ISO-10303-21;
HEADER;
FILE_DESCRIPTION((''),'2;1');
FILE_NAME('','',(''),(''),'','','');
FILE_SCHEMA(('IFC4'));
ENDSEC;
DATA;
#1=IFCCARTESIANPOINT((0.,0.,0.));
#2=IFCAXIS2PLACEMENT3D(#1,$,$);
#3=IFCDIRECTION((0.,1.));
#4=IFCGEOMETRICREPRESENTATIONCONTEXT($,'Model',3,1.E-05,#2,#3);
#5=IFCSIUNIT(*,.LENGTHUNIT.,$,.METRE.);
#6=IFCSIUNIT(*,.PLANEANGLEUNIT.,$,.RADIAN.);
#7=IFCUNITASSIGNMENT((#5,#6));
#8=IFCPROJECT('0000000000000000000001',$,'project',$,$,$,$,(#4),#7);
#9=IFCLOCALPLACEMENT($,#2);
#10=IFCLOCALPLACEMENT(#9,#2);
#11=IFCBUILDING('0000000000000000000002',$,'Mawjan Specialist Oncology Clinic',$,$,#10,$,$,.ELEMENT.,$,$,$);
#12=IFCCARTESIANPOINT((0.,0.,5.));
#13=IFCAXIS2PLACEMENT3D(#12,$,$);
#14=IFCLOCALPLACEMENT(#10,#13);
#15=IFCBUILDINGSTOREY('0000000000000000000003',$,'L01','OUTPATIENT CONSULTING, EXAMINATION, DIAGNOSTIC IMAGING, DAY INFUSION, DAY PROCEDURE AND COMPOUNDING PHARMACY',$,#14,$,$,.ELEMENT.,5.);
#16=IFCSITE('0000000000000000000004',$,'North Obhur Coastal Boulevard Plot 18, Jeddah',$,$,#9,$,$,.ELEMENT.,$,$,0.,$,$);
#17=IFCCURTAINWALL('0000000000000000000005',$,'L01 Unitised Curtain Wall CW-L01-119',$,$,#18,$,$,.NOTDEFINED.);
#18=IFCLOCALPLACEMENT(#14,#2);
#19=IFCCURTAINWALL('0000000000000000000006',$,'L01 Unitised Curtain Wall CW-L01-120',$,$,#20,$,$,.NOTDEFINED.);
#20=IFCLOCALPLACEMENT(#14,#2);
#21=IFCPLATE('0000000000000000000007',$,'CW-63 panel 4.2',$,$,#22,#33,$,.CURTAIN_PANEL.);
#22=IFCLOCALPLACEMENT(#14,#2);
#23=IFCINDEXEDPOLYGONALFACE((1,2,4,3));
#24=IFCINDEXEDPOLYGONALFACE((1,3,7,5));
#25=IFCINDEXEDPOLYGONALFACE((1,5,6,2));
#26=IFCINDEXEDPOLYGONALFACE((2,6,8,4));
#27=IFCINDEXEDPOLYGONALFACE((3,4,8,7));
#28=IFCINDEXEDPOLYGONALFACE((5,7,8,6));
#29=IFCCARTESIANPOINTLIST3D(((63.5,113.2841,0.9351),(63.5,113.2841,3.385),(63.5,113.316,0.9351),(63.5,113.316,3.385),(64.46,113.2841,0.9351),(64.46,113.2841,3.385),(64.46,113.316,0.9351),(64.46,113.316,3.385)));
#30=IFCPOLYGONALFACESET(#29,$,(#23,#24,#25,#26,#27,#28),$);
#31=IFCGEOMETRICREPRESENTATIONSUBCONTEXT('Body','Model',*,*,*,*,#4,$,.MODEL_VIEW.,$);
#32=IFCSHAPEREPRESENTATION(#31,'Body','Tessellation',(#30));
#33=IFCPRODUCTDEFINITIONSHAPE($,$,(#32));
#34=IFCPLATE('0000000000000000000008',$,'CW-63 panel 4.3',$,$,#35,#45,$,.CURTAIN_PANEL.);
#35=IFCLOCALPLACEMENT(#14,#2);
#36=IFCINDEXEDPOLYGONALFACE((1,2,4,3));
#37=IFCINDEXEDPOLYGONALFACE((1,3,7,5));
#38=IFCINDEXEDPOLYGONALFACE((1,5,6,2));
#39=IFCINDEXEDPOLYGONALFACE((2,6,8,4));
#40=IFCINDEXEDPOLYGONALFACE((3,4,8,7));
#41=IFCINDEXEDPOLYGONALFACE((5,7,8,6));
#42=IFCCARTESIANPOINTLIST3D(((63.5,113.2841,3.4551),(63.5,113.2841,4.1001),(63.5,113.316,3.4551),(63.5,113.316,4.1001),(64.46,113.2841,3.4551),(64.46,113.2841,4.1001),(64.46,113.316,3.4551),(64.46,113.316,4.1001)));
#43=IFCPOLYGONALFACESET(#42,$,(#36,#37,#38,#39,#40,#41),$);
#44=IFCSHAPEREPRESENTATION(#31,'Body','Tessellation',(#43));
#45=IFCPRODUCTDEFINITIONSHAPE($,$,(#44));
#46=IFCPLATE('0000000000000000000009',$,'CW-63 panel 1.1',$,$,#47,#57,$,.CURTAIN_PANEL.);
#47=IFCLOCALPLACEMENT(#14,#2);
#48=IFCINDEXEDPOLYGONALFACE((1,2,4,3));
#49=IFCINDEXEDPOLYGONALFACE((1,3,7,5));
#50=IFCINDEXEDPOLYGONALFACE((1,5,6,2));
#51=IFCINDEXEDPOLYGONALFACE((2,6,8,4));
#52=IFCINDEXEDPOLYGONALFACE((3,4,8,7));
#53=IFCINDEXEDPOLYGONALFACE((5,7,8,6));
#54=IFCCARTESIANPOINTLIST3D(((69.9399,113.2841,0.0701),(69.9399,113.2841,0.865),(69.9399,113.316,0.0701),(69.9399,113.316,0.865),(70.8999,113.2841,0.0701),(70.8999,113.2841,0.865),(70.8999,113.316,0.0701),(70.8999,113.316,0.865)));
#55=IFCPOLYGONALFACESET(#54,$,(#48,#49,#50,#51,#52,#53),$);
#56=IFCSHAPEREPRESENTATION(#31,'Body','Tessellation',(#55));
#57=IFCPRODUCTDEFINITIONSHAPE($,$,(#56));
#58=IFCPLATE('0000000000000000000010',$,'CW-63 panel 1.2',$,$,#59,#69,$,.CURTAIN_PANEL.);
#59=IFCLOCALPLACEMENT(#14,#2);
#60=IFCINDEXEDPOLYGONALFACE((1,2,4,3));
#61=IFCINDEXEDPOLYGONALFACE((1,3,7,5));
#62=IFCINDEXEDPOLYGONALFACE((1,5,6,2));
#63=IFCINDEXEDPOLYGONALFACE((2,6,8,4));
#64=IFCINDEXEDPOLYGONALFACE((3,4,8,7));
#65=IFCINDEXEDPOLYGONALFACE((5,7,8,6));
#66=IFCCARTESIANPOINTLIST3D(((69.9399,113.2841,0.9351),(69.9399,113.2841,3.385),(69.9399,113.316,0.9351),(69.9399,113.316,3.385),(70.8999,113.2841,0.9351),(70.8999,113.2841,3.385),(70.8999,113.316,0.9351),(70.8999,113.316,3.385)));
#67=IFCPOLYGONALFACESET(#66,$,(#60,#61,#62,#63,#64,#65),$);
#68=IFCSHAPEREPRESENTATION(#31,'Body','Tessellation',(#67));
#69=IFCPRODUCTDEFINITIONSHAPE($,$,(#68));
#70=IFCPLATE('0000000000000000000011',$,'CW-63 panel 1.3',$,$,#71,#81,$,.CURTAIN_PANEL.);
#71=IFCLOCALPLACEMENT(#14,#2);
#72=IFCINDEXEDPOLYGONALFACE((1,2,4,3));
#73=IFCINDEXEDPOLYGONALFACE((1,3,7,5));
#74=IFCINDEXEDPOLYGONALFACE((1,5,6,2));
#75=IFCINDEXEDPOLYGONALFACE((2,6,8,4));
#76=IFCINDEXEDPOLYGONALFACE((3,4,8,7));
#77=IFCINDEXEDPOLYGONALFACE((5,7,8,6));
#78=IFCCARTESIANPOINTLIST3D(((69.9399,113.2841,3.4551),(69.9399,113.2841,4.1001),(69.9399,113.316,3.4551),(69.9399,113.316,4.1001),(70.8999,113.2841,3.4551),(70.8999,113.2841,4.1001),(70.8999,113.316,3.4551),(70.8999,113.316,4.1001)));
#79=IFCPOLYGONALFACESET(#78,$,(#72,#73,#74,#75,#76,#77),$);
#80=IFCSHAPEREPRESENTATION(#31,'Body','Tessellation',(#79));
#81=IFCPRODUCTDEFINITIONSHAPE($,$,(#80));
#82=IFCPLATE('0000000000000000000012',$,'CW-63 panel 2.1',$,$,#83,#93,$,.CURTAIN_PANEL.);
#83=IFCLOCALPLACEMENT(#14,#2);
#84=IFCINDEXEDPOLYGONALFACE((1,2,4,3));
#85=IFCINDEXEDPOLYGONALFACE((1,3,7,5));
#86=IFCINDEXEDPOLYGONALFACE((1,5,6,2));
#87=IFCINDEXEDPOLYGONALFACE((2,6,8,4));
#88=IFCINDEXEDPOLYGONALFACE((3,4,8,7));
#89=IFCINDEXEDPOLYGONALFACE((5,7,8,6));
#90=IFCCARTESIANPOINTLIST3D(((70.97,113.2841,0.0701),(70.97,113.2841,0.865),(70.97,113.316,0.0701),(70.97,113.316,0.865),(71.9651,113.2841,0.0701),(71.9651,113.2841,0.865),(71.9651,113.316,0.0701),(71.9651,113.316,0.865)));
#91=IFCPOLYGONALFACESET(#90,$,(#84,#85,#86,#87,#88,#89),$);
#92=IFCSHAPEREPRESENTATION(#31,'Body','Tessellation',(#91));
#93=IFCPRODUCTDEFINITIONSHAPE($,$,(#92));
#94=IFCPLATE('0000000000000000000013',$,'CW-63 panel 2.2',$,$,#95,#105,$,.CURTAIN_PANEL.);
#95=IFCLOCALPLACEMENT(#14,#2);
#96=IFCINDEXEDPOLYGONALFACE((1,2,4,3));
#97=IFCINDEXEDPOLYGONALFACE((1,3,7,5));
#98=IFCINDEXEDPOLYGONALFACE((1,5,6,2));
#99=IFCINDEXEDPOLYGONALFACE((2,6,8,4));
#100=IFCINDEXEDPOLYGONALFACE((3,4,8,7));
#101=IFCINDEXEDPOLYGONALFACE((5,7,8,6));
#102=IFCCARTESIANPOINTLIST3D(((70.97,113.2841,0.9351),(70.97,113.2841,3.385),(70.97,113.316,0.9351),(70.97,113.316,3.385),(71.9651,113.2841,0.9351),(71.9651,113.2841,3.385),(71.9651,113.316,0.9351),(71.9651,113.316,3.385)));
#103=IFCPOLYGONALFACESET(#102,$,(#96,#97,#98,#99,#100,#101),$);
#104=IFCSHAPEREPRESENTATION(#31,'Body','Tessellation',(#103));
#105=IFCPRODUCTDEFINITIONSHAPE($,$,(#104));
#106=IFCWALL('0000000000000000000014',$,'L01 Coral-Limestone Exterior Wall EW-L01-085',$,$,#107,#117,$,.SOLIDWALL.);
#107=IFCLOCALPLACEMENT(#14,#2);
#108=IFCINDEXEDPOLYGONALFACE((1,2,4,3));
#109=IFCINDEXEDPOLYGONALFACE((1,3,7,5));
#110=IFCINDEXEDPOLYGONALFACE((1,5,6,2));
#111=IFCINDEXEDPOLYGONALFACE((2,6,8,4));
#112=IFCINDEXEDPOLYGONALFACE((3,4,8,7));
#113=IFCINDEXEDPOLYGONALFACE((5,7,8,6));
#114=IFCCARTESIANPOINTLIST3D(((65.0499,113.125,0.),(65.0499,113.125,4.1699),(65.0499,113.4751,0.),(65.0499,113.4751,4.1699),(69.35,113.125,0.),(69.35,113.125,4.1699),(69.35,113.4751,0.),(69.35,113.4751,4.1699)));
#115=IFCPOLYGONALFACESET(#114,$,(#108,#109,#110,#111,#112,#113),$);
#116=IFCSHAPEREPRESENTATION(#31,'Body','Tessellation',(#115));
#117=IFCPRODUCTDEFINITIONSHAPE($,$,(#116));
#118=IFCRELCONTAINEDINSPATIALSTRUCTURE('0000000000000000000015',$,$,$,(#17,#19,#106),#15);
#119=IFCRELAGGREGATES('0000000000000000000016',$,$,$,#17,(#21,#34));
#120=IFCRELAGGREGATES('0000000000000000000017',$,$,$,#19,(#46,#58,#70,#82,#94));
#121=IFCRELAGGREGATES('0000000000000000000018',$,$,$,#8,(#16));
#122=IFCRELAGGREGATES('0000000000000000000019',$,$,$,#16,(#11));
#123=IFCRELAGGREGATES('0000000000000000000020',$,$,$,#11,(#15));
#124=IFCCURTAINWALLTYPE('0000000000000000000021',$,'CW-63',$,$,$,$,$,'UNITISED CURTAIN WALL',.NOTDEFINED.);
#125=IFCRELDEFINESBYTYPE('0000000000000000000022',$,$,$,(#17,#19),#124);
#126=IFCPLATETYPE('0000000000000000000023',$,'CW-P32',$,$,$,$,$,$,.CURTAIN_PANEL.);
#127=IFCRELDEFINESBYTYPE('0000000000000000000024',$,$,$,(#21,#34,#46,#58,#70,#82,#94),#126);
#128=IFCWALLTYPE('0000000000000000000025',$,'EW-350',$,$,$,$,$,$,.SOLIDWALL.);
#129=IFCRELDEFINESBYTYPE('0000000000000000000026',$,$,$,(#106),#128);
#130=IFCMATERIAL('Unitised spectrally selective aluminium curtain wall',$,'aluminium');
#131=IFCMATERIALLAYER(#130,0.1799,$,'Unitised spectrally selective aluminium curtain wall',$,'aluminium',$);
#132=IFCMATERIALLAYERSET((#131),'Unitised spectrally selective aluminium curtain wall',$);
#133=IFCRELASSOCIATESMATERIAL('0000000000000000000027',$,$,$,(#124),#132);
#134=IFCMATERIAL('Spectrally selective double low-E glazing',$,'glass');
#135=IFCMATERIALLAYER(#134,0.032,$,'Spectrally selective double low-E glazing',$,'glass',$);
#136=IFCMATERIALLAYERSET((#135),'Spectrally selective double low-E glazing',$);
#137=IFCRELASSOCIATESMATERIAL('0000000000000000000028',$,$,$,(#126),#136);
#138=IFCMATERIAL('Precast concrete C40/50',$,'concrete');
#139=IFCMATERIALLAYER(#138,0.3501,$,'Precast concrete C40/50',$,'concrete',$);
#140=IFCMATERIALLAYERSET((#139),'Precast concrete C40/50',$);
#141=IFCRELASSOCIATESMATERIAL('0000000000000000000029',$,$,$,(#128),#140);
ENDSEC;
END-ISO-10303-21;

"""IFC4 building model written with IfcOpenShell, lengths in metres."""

from ifc_helpers import new_model, si_unit, direction, frame, frame_2d, origin, origin_2d, place, context, subcontext, project, spatial, rectangle, extrude, material, layer, layer_set, type_object, element, aggregate, save


model = new_model("IFC4")

# Units and contexts
model_context = context("Model", 3, precision=1e-05, world=origin(), true_north=direction((0.0, 1.0)))
body_context = subcontext(model_context, "Body", "Model", "MODEL_VIEW")
ifc_project = project(units=[si_unit("LENGTHUNIT", "METRE"), si_unit("PLANEANGLEUNIT", "RADIAN")], contexts=[model_context])

# Site, building, storey
site_placement = place(None, origin())
site = spatial("IfcSite", under=ifc_project, at=site_placement, Name="North Obhur Coastal Boulevard Plot 18, Jeddah", CompositionType="ELEMENT", RefElevation=0.0)
building_placement = place(site_placement, origin())
building = spatial("IfcBuilding", under=site, at=building_placement, Name="Mawjan Specialist Oncology Clinic", CompositionType="ELEMENT")
storey_placement = place(building_placement, frame((0.0, 0.0, 5.0)))
storey = spatial("IfcBuildingStorey", under=building, at=storey_placement, Name="L01", Description="OUTPATIENT CONSULTING, EXAMINATION, DIAGNOSTIC IMAGING, DAY INFUSION, DAY PROCEDURE AND COMPOUNDING PHARMACY", CompositionType="ELEMENT", Elevation=5.0)

# Curtain walls
ifc_material_1 = material(Name="Unitised spectrally selective aluminium curtain wall", Category="aluminium")
ifc_layer_1 = layer(ifc_material_1, 0.1799, Name="Unitised spectrally selective aluminium curtain wall", Category="aluminium")
ifc_layer_set_1 = layer_set([ifc_layer_1], Name="Unitised spectrally selective aluminium curtain wall")
curtain_wall_type = type_object("IfcCurtainWallType", Name="CW-63", ElementType="UNITISED CURTAIN WALL", PredefinedType="NOTDEFINED", material=ifc_layer_set_1)
curtain_wall_1_placement = place(storey_placement, origin())
curtain_wall_1 = element("IfcCurtainWall", 1, at=curtain_wall_1_placement, inside=storey, type_object=curtain_wall_type, Name="L01 Unitised Curtain Wall CW-L01-119", PredefinedType="NOTDEFINED")
curtain_wall_2_placement = place(storey_placement, origin())
curtain_wall_2 = element("IfcCurtainWall", 2, at=curtain_wall_2_placement, inside=storey, type_object=curtain_wall_type, Name="L01 Unitised Curtain Wall CW-L01-120", PredefinedType="NOTDEFINED")

# Plates
ifc_material_2 = material(Name="Spectrally selective double low-E glazing", Category="glass")
ifc_layer_2 = layer(ifc_material_2, 0.032, Name="Spectrally selective double low-E glazing", Category="glass")
ifc_layer_set_2 = layer_set([ifc_layer_2], Name="Spectrally selective double low-E glazing")
plate_type = type_object("IfcPlateType", Name="CW-P32", PredefinedType="CURTAIN_PANEL", material=ifc_layer_set_2)
plate_1_placement = place(storey_placement, frame((63.98, 113.3, 0.9351), z_axis=(0.0, 0.0, 1.0), x_axis=(1.0, 0.0, 0.0)))
plate_1 = element("IfcPlate", 3, at=plate_1_placement, type_object=plate_type, Name="CW-63 panel 4.2", PredefinedType="CURTAIN_PANEL", context=body_context, shape_type="SweptSolid", body=[
    extrude(rectangle(XDim=0.96, YDim=0.032, at=origin_2d()), origin(), (0.0, 0.0, 1.0), 2.45),
])
plate_2_placement = place(storey_placement, frame((63.98, 113.3, 3.4551), z_axis=(0.0, 0.0, 1.0), x_axis=(1.0, 0.0, 0.0)))
plate_2 = element("IfcPlate", 4, at=plate_2_placement, type_object=plate_type, Name="CW-63 panel 4.3", PredefinedType="CURTAIN_PANEL", context=body_context, shape_type="SweptSolid", body=[
    extrude(rectangle(XDim=0.96, YDim=0.032, at=origin_2d()), origin(), (0.0, 0.0, 1.0), 0.645),
])
aggregate(curtain_wall_1, [plate_1, plate_2])
plate_3_placement = place(storey_placement, frame((70.4199, 113.3, 0.0701), z_axis=(0.0, 0.0, 1.0), x_axis=(1.0, 0.0, 0.0)))
plate_3 = element("IfcPlate", 5, at=plate_3_placement, type_object=plate_type, Name="CW-63 panel 1.1", PredefinedType="CURTAIN_PANEL", context=body_context, shape_type="SweptSolid", body=[
    extrude(rectangle(XDim=0.96, YDim=0.032, at=origin_2d()), origin(), (0.0, 0.0, 1.0), 0.7949),
])
plate_4_placement = place(storey_placement, frame((70.4199, 113.3, 0.9351), z_axis=(0.0, 0.0, 1.0), x_axis=(1.0, 0.0, 0.0)))
plate_4 = element("IfcPlate", 6, at=plate_4_placement, type_object=plate_type, Name="CW-63 panel 1.2", PredefinedType="CURTAIN_PANEL", context=body_context, shape_type="SweptSolid", body=[
    extrude(rectangle(XDim=0.96, YDim=0.032, at=origin_2d()), origin(), (0.0, 0.0, 1.0), 2.45),
])
plate_5_placement = place(storey_placement, frame((70.4199, 113.3, 3.4551), z_axis=(0.0, 0.0, 1.0), x_axis=(1.0, 0.0, 0.0)))
plate_5 = element("IfcPlate", 7, at=plate_5_placement, type_object=plate_type, Name="CW-63 panel 1.3", PredefinedType="CURTAIN_PANEL", context=body_context, shape_type="SweptSolid", body=[
    extrude(rectangle(XDim=0.96, YDim=0.032, at=origin_2d()), origin(), (0.0, 0.0, 1.0), 0.645),
])
plate_6_placement = place(storey_placement, frame((71.4675, 113.3, 0.0701), z_axis=(0.0, 0.0, 1.0), x_axis=(1.0, 0.0, 0.0)))
plate_6 = element("IfcPlate", 8, at=plate_6_placement, type_object=plate_type, Name="CW-63 panel 2.1", PredefinedType="CURTAIN_PANEL", context=body_context, shape_type="SweptSolid", body=[
    extrude(rectangle(XDim=0.9951, YDim=0.032, at=origin_2d()), origin(), (0.0, 0.0, 1.0), 0.7949),
])
plate_7_placement = place(storey_placement, frame((71.4675, 113.3, 0.9351), z_axis=(0.0, 0.0, 1.0), x_axis=(1.0, 0.0, 0.0)))
plate_7 = element("IfcPlate", 9, at=plate_7_placement, type_object=plate_type, Name="CW-63 panel 2.2", PredefinedType="CURTAIN_PANEL", context=body_context, shape_type="SweptSolid", body=[
    extrude(rectangle(XDim=0.9951, YDim=0.032, at=origin_2d()), origin(), (0.0, 0.0, 1.0), 2.45),
])
aggregate(curtain_wall_2, [plate_3, plate_4, plate_5, plate_6, plate_7])

# Wall
ifc_material_3 = material(Name="Precast concrete C40/50", Category="concrete")
ifc_layer_3 = layer(ifc_material_3, 0.3501, Name="Precast concrete C40/50", Category="concrete")
ifc_layer_set_3 = layer_set([ifc_layer_3], Name="Precast concrete C40/50")
wall_type = type_object("IfcWallType", Name="EW-350", PredefinedType="SOLIDWALL", material=ifc_layer_set_3)
wall_placement = place(storey_placement, frame((65.05, 113.3, 0.0), z_axis=(0.0, 0.0, 1.0), x_axis=(1.0, 0.0, 0.0)))
element("IfcWall", 10, at=wall_placement, inside=storey, type_object=wall_type, Name="L01 Coral-Limestone Exterior Wall EW-L01-085", PredefinedType="SOLIDWALL", context=body_context, shape_type="SweptSolid", body=[
    extrude(rectangle(XDim=4.3, YDim=0.3501, at=frame_2d((2.1499, 0.0))), origin(), (0.0, 0.0, 1.0), 4.1699),
])

save(model, "model.ifc")
